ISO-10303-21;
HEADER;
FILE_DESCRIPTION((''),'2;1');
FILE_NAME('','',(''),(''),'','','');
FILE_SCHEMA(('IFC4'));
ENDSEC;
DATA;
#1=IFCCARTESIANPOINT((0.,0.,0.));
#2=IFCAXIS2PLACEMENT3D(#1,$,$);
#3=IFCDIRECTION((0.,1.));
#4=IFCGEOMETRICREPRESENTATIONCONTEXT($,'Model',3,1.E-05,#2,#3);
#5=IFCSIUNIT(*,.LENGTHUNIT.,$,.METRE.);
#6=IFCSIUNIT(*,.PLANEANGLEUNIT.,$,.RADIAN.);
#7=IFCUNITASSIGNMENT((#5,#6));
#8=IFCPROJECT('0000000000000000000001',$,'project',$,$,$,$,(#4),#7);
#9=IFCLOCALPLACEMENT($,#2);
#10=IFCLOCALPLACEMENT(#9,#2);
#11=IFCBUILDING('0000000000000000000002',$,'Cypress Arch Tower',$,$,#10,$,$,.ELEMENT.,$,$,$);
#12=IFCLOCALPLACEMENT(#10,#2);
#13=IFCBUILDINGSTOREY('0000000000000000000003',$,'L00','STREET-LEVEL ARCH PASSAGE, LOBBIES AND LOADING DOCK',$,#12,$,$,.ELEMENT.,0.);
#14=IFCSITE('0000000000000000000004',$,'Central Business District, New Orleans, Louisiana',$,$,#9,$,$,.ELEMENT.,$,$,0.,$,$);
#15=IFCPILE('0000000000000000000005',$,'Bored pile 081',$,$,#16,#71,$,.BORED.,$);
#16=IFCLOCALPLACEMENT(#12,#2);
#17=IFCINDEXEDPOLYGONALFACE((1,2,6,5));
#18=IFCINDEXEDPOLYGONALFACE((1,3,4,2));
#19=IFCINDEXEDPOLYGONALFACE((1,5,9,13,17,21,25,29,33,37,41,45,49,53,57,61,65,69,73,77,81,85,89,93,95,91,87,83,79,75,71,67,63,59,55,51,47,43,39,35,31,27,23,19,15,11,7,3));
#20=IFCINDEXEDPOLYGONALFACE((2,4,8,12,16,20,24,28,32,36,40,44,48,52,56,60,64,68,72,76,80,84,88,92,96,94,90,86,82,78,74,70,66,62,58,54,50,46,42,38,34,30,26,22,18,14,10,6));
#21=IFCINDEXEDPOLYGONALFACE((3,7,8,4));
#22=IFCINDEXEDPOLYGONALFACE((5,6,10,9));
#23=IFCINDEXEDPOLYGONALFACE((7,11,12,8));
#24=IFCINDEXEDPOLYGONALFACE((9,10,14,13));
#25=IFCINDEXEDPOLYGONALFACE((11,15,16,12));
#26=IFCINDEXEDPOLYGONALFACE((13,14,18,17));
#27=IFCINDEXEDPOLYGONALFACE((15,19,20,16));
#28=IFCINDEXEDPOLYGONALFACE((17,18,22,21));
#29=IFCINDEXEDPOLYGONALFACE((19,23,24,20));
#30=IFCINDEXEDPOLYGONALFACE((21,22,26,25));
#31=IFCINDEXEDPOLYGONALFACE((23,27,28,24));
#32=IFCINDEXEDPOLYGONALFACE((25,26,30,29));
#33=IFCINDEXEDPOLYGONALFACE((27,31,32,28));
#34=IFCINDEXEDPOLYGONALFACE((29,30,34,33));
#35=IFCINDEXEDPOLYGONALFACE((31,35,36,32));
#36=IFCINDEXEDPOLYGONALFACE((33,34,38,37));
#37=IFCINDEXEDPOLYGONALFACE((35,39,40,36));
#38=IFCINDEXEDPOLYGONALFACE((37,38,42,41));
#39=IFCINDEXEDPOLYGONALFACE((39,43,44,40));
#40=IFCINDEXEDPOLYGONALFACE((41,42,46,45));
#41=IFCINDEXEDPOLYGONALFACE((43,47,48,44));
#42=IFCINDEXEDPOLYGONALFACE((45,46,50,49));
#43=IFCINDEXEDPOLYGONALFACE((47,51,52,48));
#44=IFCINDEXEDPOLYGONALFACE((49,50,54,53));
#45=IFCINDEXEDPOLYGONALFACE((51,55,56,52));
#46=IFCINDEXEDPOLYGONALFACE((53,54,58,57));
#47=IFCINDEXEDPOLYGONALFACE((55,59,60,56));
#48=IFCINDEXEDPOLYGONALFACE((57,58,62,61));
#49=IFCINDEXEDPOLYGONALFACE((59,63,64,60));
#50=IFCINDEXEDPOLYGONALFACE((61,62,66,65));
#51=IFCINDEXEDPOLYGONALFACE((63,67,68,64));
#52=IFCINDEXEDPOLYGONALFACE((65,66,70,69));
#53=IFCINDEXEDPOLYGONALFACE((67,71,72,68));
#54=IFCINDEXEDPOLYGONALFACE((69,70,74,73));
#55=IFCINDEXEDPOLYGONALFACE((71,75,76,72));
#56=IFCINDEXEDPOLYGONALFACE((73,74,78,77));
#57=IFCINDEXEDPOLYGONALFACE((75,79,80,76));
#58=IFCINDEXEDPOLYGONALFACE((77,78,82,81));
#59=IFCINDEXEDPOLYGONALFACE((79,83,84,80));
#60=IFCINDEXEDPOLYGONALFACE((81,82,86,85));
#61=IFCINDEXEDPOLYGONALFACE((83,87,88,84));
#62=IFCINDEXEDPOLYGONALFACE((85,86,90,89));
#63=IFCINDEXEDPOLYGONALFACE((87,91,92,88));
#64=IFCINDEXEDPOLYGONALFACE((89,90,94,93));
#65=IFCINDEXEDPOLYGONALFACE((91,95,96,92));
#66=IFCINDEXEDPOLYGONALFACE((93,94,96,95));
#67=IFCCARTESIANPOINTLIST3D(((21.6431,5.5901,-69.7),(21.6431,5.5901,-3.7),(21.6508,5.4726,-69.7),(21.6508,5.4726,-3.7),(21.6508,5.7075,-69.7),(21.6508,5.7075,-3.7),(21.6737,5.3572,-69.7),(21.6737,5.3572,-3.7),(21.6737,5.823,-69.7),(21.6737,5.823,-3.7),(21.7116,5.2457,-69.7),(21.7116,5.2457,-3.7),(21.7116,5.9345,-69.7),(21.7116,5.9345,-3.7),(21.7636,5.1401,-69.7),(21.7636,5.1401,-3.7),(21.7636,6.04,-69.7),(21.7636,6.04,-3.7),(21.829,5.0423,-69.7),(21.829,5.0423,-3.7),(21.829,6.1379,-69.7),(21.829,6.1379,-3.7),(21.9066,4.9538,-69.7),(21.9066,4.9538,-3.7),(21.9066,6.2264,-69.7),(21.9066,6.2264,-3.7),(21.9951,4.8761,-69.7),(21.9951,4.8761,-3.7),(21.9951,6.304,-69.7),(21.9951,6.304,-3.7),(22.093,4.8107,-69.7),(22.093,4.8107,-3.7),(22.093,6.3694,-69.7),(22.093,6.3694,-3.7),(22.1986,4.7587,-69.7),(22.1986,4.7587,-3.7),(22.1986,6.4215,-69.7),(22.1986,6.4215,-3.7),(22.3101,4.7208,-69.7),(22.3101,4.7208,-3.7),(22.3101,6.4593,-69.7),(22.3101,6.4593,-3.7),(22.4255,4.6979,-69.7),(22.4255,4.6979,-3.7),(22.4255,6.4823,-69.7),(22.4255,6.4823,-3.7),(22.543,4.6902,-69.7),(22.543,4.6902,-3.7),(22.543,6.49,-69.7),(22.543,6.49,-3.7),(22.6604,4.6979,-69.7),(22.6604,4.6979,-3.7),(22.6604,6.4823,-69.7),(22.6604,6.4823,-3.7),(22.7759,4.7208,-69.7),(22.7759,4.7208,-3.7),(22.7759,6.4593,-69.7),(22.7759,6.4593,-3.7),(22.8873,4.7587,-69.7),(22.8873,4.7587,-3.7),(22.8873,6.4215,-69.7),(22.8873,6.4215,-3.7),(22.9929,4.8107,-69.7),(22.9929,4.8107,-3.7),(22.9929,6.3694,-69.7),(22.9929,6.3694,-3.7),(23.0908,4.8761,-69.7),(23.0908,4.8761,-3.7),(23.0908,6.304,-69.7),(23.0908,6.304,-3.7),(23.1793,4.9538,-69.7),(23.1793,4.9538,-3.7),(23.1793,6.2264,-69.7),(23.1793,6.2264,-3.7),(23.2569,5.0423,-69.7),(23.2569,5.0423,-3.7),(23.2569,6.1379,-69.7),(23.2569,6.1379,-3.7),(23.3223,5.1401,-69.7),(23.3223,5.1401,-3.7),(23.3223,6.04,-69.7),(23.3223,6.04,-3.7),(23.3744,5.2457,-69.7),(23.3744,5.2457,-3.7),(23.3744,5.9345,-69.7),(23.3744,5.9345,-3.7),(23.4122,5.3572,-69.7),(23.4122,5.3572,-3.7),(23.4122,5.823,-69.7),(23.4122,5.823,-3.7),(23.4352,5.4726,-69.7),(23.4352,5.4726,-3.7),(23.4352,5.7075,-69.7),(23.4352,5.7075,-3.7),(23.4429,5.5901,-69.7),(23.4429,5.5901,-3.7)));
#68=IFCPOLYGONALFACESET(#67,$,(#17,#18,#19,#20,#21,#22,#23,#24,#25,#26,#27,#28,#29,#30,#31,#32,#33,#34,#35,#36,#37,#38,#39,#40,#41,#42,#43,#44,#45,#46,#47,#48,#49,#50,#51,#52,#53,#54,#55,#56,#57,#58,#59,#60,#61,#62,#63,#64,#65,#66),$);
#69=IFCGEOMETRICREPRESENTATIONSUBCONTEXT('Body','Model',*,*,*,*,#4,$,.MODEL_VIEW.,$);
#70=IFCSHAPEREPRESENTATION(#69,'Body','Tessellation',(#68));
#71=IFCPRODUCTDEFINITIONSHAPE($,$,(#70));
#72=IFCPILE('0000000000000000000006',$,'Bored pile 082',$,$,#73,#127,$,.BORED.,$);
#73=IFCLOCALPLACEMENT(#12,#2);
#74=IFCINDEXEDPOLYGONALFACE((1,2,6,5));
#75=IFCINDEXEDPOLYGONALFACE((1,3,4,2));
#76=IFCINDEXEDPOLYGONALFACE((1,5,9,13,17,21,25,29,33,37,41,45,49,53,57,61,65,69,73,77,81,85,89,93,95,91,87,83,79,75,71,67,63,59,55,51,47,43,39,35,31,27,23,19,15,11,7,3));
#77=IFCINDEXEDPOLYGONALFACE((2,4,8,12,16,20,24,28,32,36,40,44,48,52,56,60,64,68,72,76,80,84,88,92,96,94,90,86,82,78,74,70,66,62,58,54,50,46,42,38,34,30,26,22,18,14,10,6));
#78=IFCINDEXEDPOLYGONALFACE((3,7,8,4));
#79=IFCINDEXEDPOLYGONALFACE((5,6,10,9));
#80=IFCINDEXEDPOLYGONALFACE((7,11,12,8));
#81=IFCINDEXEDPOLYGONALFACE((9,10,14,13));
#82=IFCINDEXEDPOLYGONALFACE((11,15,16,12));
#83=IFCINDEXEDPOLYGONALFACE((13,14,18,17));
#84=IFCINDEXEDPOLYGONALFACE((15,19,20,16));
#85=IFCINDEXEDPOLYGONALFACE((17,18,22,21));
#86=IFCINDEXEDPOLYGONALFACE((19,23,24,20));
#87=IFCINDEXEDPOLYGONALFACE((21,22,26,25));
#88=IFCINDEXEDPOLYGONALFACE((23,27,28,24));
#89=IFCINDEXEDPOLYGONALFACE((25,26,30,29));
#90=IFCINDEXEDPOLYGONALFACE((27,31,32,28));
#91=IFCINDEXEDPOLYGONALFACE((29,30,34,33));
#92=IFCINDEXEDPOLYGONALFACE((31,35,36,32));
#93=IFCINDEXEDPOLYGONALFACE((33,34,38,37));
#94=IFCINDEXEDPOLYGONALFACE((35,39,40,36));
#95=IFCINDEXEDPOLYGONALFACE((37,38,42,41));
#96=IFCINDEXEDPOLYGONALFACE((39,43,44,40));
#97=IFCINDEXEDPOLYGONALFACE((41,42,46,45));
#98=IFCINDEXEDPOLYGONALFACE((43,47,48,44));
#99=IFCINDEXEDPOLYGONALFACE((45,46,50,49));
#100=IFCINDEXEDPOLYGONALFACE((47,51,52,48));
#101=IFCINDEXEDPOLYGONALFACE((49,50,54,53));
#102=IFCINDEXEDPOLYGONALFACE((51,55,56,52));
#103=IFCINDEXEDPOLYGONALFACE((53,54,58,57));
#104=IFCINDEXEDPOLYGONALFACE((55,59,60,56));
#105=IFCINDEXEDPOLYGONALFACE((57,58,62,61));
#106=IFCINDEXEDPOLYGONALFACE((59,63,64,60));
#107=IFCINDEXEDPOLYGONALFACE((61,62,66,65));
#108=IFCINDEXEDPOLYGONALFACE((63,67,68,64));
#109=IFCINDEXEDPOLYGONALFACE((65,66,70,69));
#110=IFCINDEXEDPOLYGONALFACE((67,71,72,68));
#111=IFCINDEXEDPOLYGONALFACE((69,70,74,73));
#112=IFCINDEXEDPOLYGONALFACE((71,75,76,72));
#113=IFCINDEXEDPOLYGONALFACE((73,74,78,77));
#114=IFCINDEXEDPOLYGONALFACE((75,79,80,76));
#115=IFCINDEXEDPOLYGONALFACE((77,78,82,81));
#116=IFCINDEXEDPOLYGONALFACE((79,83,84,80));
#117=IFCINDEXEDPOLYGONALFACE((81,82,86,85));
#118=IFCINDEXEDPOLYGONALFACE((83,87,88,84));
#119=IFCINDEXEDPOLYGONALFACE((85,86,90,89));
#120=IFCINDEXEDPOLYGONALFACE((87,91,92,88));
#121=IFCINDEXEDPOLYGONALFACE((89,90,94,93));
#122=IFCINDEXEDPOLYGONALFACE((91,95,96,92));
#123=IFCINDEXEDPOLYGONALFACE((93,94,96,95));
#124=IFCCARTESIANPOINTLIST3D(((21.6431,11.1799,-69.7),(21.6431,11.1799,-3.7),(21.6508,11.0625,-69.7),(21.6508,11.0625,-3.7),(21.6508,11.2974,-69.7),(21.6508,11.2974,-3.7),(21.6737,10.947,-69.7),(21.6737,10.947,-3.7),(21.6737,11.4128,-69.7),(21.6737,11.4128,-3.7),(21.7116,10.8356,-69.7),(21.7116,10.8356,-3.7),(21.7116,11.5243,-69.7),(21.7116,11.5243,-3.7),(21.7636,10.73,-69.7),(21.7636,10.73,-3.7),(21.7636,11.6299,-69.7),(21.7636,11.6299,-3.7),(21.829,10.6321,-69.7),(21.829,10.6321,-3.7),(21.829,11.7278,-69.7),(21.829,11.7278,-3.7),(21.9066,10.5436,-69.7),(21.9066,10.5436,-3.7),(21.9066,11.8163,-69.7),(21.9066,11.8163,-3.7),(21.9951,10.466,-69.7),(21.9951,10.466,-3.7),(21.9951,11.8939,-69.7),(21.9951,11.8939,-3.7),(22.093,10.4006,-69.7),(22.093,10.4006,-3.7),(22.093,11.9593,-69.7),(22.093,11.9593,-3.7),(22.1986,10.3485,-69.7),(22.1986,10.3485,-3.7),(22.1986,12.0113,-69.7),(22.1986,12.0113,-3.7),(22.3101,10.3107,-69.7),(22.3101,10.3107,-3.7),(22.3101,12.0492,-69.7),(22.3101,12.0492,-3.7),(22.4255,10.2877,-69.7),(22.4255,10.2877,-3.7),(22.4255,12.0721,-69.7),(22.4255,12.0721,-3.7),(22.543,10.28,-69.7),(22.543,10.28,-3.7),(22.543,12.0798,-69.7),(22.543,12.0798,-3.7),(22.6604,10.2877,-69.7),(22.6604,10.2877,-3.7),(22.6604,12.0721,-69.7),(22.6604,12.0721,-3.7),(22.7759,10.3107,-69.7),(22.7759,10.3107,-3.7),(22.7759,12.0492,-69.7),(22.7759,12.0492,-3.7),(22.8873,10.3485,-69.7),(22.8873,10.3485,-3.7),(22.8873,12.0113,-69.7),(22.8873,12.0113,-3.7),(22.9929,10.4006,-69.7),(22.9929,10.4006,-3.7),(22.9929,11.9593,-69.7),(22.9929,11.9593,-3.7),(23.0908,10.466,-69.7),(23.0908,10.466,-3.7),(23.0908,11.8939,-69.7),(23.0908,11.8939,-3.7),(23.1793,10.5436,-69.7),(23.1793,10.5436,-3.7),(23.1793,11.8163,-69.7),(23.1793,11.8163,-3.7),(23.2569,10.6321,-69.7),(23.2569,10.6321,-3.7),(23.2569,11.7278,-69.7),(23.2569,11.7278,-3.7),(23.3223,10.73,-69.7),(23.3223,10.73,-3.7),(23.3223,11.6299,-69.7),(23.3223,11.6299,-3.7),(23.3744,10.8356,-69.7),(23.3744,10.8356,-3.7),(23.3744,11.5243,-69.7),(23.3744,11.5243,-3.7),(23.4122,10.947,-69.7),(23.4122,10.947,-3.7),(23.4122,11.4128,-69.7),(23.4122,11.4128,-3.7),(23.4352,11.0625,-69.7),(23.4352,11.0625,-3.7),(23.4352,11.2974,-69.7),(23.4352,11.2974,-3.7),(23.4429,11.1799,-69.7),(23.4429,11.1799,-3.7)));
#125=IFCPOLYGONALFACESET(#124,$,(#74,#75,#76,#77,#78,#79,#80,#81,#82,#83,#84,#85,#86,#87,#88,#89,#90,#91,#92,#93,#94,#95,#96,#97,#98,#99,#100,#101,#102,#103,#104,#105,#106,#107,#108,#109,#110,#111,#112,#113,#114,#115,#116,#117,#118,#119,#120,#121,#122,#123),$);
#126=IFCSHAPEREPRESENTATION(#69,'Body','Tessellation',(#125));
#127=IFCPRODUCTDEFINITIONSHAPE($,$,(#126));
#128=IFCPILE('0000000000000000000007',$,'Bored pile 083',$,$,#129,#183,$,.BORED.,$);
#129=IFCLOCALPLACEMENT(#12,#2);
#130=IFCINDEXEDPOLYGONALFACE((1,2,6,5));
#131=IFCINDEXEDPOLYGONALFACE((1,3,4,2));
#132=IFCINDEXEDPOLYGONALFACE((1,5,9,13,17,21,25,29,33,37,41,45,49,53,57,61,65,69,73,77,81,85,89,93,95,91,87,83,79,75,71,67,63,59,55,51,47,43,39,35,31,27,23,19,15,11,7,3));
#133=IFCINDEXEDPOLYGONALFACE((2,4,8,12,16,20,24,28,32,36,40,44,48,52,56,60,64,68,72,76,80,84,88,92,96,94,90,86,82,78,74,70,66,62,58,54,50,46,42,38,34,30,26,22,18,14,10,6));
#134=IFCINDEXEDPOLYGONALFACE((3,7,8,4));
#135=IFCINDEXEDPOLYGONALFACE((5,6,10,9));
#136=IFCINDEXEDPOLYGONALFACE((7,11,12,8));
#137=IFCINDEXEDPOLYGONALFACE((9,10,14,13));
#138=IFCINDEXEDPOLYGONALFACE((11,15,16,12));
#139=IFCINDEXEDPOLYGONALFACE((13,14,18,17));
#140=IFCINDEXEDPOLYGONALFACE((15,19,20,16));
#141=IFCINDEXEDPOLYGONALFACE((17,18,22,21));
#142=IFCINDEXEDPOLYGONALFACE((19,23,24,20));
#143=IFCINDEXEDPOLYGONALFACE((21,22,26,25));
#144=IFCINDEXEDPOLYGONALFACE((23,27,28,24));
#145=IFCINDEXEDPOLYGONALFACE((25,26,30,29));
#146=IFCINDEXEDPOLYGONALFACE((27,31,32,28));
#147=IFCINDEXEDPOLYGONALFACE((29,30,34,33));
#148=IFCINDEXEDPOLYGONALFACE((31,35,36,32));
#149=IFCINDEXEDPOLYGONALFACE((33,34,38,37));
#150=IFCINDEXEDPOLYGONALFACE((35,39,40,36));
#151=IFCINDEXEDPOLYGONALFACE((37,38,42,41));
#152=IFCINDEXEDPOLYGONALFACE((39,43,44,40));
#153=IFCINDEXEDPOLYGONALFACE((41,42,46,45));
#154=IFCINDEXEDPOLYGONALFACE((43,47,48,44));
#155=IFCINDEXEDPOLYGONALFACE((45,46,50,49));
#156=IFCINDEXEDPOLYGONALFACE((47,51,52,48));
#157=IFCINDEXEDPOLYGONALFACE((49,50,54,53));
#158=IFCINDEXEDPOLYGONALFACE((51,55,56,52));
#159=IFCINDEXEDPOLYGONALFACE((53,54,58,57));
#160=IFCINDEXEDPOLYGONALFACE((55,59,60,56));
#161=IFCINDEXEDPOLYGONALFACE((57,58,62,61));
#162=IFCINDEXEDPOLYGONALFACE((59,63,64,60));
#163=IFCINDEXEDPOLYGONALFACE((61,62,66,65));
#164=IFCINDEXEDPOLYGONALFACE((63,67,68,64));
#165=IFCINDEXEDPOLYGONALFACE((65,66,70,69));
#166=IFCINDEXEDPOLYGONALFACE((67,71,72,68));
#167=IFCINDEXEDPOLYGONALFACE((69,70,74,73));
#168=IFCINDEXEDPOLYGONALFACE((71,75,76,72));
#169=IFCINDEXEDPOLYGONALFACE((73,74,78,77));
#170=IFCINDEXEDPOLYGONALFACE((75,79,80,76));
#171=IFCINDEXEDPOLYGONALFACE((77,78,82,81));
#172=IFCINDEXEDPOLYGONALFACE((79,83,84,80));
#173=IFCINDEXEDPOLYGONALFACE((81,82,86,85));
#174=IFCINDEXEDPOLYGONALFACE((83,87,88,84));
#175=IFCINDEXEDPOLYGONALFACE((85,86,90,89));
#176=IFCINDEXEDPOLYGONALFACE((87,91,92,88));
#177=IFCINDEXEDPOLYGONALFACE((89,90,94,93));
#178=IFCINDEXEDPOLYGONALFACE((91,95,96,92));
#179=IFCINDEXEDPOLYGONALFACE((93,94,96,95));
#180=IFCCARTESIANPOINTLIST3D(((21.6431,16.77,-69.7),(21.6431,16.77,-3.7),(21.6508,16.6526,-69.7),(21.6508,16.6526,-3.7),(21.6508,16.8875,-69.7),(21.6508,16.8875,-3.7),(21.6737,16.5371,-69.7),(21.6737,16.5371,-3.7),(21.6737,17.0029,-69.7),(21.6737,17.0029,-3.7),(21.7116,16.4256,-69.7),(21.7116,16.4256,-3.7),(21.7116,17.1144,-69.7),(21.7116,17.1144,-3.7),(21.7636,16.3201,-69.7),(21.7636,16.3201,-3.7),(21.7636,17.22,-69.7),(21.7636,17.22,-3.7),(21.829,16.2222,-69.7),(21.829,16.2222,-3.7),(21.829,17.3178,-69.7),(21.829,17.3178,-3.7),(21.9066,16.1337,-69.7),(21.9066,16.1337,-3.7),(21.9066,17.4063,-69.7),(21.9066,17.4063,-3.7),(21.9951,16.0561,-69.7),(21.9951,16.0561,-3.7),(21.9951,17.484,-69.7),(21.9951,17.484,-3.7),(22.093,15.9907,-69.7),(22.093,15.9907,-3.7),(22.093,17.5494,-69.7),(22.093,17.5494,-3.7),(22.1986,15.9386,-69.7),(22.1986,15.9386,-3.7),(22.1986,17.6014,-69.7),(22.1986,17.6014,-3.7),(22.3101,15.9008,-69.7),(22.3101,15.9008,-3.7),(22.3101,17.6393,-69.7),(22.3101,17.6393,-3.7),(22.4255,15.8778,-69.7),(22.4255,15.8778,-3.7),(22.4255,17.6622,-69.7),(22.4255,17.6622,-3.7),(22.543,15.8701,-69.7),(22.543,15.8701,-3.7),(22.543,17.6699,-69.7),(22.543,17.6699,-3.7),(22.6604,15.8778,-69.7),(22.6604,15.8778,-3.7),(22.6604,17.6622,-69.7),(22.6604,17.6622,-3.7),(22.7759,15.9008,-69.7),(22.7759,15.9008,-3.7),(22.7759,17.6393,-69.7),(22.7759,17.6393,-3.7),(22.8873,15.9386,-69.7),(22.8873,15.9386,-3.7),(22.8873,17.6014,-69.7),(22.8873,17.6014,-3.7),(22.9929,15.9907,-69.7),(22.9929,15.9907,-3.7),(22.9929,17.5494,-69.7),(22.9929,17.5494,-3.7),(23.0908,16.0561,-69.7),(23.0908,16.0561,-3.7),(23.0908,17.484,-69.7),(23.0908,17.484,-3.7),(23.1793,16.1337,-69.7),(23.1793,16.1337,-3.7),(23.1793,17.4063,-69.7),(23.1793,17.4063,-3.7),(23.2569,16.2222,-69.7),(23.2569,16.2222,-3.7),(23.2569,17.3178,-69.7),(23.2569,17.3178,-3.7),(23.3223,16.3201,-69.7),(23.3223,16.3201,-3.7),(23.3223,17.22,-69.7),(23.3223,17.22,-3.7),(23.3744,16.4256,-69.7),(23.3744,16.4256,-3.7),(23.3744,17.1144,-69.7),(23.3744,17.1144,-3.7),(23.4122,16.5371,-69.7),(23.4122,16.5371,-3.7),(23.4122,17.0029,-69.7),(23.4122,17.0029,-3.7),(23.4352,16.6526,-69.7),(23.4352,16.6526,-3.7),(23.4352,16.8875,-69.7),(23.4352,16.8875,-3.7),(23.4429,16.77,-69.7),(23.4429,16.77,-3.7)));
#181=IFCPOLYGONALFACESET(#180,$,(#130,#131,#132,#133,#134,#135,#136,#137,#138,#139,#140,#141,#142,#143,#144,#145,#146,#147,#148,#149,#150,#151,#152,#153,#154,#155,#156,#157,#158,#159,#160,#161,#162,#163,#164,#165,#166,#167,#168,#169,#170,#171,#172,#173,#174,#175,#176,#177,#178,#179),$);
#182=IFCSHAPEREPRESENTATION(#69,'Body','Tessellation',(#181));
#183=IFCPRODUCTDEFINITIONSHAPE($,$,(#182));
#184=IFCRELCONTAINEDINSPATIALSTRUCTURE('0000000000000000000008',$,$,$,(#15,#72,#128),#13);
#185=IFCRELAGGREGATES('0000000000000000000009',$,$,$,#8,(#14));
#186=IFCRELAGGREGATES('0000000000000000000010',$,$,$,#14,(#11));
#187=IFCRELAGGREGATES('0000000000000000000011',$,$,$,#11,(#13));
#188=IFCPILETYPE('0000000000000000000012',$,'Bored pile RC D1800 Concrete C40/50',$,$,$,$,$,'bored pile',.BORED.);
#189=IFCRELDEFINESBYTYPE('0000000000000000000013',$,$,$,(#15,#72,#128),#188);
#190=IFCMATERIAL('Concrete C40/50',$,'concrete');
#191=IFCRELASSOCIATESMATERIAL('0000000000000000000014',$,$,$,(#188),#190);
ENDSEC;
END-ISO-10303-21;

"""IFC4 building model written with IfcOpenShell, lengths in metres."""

from ifc_helpers import new_model, si_unit, direction, frame, origin, origin_2d, place, context, subcontext, project, spatial, circle, extrude, material, material_profile, profile_set, type_object, element, save


model = new_model("IFC4")

# Units and contexts
model_context = context("Model", 3, precision=1e-05, world=origin(), true_north=direction((0.0, 1.0)))
body_context = subcontext(model_context, "Body", "Model", "MODEL_VIEW")
ifc_project = project(units=[si_unit("LENGTHUNIT", "METRE"), si_unit("PLANEANGLEUNIT", "RADIAN")], contexts=[model_context])

# Site, building, storey
site_placement = place(None, origin())
site = spatial("IfcSite", under=ifc_project, at=site_placement, Name="Central Business District, New Orleans, Louisiana", CompositionType="ELEMENT", RefElevation=0.0)
building_placement = place(site_placement, origin())
building = spatial("IfcBuilding", under=site, at=building_placement, Name="Cypress Arch Tower", CompositionType="ELEMENT")
storey_placement = place(building_placement, origin())
storey = spatial("IfcBuildingStorey", under=building, at=storey_placement, Name="L00", Description="STREET-LEVEL ARCH PASSAGE, LOBBIES AND LOADING DOCK", CompositionType="ELEMENT", Elevation=0.0)

# Piles
ifc_material_1 = material(Name="Concrete C40/50", Category="concrete")
ifc_material_profile_1 = material_profile(ifc_material_1, circle(Radius=0.8999, at=origin_2d()), Name="RC D1800")
ifc_profile_set_1 = profile_set([ifc_material_profile_1], Name="Concrete C40/50")
pile_type = type_object("IfcPileType", Name="Bored pile RC D1800 Concrete C40/50", ElementType="bored pile", PredefinedType="BORED", material=ifc_profile_set_1)
for number, where, z_axis, x_axis, name in (
    (1, (22.543, 5.5901, -3.7), (0.0, 0.0, -1.0), (1.0, 0.0, 0.0), "Bored pile 081"),
    (2, (22.543, 11.1799, -3.7), (0.0, 0.0, -1.0), (1.0, 0.0, 0.0), "Bored pile 082"),
    (3, (22.543, 16.77, -3.7), (0.0, 0.0, -1.0), (1.0, 0.0, 0.0), "Bored pile 083"),
):
    element("IfcPile", number, at=place(storey_placement, frame(where, z_axis=z_axis, x_axis=x_axis)), inside=storey, type_object=pile_type, Name=name, PredefinedType="BORED", context=body_context, shape_type="SweptSolid", body=[
        extrude(circle(Radius=0.8999, at=origin_2d()), origin(), (0.0, 0.0, 1.0), 66.0),
    ])

save(model, "model.ifc")
